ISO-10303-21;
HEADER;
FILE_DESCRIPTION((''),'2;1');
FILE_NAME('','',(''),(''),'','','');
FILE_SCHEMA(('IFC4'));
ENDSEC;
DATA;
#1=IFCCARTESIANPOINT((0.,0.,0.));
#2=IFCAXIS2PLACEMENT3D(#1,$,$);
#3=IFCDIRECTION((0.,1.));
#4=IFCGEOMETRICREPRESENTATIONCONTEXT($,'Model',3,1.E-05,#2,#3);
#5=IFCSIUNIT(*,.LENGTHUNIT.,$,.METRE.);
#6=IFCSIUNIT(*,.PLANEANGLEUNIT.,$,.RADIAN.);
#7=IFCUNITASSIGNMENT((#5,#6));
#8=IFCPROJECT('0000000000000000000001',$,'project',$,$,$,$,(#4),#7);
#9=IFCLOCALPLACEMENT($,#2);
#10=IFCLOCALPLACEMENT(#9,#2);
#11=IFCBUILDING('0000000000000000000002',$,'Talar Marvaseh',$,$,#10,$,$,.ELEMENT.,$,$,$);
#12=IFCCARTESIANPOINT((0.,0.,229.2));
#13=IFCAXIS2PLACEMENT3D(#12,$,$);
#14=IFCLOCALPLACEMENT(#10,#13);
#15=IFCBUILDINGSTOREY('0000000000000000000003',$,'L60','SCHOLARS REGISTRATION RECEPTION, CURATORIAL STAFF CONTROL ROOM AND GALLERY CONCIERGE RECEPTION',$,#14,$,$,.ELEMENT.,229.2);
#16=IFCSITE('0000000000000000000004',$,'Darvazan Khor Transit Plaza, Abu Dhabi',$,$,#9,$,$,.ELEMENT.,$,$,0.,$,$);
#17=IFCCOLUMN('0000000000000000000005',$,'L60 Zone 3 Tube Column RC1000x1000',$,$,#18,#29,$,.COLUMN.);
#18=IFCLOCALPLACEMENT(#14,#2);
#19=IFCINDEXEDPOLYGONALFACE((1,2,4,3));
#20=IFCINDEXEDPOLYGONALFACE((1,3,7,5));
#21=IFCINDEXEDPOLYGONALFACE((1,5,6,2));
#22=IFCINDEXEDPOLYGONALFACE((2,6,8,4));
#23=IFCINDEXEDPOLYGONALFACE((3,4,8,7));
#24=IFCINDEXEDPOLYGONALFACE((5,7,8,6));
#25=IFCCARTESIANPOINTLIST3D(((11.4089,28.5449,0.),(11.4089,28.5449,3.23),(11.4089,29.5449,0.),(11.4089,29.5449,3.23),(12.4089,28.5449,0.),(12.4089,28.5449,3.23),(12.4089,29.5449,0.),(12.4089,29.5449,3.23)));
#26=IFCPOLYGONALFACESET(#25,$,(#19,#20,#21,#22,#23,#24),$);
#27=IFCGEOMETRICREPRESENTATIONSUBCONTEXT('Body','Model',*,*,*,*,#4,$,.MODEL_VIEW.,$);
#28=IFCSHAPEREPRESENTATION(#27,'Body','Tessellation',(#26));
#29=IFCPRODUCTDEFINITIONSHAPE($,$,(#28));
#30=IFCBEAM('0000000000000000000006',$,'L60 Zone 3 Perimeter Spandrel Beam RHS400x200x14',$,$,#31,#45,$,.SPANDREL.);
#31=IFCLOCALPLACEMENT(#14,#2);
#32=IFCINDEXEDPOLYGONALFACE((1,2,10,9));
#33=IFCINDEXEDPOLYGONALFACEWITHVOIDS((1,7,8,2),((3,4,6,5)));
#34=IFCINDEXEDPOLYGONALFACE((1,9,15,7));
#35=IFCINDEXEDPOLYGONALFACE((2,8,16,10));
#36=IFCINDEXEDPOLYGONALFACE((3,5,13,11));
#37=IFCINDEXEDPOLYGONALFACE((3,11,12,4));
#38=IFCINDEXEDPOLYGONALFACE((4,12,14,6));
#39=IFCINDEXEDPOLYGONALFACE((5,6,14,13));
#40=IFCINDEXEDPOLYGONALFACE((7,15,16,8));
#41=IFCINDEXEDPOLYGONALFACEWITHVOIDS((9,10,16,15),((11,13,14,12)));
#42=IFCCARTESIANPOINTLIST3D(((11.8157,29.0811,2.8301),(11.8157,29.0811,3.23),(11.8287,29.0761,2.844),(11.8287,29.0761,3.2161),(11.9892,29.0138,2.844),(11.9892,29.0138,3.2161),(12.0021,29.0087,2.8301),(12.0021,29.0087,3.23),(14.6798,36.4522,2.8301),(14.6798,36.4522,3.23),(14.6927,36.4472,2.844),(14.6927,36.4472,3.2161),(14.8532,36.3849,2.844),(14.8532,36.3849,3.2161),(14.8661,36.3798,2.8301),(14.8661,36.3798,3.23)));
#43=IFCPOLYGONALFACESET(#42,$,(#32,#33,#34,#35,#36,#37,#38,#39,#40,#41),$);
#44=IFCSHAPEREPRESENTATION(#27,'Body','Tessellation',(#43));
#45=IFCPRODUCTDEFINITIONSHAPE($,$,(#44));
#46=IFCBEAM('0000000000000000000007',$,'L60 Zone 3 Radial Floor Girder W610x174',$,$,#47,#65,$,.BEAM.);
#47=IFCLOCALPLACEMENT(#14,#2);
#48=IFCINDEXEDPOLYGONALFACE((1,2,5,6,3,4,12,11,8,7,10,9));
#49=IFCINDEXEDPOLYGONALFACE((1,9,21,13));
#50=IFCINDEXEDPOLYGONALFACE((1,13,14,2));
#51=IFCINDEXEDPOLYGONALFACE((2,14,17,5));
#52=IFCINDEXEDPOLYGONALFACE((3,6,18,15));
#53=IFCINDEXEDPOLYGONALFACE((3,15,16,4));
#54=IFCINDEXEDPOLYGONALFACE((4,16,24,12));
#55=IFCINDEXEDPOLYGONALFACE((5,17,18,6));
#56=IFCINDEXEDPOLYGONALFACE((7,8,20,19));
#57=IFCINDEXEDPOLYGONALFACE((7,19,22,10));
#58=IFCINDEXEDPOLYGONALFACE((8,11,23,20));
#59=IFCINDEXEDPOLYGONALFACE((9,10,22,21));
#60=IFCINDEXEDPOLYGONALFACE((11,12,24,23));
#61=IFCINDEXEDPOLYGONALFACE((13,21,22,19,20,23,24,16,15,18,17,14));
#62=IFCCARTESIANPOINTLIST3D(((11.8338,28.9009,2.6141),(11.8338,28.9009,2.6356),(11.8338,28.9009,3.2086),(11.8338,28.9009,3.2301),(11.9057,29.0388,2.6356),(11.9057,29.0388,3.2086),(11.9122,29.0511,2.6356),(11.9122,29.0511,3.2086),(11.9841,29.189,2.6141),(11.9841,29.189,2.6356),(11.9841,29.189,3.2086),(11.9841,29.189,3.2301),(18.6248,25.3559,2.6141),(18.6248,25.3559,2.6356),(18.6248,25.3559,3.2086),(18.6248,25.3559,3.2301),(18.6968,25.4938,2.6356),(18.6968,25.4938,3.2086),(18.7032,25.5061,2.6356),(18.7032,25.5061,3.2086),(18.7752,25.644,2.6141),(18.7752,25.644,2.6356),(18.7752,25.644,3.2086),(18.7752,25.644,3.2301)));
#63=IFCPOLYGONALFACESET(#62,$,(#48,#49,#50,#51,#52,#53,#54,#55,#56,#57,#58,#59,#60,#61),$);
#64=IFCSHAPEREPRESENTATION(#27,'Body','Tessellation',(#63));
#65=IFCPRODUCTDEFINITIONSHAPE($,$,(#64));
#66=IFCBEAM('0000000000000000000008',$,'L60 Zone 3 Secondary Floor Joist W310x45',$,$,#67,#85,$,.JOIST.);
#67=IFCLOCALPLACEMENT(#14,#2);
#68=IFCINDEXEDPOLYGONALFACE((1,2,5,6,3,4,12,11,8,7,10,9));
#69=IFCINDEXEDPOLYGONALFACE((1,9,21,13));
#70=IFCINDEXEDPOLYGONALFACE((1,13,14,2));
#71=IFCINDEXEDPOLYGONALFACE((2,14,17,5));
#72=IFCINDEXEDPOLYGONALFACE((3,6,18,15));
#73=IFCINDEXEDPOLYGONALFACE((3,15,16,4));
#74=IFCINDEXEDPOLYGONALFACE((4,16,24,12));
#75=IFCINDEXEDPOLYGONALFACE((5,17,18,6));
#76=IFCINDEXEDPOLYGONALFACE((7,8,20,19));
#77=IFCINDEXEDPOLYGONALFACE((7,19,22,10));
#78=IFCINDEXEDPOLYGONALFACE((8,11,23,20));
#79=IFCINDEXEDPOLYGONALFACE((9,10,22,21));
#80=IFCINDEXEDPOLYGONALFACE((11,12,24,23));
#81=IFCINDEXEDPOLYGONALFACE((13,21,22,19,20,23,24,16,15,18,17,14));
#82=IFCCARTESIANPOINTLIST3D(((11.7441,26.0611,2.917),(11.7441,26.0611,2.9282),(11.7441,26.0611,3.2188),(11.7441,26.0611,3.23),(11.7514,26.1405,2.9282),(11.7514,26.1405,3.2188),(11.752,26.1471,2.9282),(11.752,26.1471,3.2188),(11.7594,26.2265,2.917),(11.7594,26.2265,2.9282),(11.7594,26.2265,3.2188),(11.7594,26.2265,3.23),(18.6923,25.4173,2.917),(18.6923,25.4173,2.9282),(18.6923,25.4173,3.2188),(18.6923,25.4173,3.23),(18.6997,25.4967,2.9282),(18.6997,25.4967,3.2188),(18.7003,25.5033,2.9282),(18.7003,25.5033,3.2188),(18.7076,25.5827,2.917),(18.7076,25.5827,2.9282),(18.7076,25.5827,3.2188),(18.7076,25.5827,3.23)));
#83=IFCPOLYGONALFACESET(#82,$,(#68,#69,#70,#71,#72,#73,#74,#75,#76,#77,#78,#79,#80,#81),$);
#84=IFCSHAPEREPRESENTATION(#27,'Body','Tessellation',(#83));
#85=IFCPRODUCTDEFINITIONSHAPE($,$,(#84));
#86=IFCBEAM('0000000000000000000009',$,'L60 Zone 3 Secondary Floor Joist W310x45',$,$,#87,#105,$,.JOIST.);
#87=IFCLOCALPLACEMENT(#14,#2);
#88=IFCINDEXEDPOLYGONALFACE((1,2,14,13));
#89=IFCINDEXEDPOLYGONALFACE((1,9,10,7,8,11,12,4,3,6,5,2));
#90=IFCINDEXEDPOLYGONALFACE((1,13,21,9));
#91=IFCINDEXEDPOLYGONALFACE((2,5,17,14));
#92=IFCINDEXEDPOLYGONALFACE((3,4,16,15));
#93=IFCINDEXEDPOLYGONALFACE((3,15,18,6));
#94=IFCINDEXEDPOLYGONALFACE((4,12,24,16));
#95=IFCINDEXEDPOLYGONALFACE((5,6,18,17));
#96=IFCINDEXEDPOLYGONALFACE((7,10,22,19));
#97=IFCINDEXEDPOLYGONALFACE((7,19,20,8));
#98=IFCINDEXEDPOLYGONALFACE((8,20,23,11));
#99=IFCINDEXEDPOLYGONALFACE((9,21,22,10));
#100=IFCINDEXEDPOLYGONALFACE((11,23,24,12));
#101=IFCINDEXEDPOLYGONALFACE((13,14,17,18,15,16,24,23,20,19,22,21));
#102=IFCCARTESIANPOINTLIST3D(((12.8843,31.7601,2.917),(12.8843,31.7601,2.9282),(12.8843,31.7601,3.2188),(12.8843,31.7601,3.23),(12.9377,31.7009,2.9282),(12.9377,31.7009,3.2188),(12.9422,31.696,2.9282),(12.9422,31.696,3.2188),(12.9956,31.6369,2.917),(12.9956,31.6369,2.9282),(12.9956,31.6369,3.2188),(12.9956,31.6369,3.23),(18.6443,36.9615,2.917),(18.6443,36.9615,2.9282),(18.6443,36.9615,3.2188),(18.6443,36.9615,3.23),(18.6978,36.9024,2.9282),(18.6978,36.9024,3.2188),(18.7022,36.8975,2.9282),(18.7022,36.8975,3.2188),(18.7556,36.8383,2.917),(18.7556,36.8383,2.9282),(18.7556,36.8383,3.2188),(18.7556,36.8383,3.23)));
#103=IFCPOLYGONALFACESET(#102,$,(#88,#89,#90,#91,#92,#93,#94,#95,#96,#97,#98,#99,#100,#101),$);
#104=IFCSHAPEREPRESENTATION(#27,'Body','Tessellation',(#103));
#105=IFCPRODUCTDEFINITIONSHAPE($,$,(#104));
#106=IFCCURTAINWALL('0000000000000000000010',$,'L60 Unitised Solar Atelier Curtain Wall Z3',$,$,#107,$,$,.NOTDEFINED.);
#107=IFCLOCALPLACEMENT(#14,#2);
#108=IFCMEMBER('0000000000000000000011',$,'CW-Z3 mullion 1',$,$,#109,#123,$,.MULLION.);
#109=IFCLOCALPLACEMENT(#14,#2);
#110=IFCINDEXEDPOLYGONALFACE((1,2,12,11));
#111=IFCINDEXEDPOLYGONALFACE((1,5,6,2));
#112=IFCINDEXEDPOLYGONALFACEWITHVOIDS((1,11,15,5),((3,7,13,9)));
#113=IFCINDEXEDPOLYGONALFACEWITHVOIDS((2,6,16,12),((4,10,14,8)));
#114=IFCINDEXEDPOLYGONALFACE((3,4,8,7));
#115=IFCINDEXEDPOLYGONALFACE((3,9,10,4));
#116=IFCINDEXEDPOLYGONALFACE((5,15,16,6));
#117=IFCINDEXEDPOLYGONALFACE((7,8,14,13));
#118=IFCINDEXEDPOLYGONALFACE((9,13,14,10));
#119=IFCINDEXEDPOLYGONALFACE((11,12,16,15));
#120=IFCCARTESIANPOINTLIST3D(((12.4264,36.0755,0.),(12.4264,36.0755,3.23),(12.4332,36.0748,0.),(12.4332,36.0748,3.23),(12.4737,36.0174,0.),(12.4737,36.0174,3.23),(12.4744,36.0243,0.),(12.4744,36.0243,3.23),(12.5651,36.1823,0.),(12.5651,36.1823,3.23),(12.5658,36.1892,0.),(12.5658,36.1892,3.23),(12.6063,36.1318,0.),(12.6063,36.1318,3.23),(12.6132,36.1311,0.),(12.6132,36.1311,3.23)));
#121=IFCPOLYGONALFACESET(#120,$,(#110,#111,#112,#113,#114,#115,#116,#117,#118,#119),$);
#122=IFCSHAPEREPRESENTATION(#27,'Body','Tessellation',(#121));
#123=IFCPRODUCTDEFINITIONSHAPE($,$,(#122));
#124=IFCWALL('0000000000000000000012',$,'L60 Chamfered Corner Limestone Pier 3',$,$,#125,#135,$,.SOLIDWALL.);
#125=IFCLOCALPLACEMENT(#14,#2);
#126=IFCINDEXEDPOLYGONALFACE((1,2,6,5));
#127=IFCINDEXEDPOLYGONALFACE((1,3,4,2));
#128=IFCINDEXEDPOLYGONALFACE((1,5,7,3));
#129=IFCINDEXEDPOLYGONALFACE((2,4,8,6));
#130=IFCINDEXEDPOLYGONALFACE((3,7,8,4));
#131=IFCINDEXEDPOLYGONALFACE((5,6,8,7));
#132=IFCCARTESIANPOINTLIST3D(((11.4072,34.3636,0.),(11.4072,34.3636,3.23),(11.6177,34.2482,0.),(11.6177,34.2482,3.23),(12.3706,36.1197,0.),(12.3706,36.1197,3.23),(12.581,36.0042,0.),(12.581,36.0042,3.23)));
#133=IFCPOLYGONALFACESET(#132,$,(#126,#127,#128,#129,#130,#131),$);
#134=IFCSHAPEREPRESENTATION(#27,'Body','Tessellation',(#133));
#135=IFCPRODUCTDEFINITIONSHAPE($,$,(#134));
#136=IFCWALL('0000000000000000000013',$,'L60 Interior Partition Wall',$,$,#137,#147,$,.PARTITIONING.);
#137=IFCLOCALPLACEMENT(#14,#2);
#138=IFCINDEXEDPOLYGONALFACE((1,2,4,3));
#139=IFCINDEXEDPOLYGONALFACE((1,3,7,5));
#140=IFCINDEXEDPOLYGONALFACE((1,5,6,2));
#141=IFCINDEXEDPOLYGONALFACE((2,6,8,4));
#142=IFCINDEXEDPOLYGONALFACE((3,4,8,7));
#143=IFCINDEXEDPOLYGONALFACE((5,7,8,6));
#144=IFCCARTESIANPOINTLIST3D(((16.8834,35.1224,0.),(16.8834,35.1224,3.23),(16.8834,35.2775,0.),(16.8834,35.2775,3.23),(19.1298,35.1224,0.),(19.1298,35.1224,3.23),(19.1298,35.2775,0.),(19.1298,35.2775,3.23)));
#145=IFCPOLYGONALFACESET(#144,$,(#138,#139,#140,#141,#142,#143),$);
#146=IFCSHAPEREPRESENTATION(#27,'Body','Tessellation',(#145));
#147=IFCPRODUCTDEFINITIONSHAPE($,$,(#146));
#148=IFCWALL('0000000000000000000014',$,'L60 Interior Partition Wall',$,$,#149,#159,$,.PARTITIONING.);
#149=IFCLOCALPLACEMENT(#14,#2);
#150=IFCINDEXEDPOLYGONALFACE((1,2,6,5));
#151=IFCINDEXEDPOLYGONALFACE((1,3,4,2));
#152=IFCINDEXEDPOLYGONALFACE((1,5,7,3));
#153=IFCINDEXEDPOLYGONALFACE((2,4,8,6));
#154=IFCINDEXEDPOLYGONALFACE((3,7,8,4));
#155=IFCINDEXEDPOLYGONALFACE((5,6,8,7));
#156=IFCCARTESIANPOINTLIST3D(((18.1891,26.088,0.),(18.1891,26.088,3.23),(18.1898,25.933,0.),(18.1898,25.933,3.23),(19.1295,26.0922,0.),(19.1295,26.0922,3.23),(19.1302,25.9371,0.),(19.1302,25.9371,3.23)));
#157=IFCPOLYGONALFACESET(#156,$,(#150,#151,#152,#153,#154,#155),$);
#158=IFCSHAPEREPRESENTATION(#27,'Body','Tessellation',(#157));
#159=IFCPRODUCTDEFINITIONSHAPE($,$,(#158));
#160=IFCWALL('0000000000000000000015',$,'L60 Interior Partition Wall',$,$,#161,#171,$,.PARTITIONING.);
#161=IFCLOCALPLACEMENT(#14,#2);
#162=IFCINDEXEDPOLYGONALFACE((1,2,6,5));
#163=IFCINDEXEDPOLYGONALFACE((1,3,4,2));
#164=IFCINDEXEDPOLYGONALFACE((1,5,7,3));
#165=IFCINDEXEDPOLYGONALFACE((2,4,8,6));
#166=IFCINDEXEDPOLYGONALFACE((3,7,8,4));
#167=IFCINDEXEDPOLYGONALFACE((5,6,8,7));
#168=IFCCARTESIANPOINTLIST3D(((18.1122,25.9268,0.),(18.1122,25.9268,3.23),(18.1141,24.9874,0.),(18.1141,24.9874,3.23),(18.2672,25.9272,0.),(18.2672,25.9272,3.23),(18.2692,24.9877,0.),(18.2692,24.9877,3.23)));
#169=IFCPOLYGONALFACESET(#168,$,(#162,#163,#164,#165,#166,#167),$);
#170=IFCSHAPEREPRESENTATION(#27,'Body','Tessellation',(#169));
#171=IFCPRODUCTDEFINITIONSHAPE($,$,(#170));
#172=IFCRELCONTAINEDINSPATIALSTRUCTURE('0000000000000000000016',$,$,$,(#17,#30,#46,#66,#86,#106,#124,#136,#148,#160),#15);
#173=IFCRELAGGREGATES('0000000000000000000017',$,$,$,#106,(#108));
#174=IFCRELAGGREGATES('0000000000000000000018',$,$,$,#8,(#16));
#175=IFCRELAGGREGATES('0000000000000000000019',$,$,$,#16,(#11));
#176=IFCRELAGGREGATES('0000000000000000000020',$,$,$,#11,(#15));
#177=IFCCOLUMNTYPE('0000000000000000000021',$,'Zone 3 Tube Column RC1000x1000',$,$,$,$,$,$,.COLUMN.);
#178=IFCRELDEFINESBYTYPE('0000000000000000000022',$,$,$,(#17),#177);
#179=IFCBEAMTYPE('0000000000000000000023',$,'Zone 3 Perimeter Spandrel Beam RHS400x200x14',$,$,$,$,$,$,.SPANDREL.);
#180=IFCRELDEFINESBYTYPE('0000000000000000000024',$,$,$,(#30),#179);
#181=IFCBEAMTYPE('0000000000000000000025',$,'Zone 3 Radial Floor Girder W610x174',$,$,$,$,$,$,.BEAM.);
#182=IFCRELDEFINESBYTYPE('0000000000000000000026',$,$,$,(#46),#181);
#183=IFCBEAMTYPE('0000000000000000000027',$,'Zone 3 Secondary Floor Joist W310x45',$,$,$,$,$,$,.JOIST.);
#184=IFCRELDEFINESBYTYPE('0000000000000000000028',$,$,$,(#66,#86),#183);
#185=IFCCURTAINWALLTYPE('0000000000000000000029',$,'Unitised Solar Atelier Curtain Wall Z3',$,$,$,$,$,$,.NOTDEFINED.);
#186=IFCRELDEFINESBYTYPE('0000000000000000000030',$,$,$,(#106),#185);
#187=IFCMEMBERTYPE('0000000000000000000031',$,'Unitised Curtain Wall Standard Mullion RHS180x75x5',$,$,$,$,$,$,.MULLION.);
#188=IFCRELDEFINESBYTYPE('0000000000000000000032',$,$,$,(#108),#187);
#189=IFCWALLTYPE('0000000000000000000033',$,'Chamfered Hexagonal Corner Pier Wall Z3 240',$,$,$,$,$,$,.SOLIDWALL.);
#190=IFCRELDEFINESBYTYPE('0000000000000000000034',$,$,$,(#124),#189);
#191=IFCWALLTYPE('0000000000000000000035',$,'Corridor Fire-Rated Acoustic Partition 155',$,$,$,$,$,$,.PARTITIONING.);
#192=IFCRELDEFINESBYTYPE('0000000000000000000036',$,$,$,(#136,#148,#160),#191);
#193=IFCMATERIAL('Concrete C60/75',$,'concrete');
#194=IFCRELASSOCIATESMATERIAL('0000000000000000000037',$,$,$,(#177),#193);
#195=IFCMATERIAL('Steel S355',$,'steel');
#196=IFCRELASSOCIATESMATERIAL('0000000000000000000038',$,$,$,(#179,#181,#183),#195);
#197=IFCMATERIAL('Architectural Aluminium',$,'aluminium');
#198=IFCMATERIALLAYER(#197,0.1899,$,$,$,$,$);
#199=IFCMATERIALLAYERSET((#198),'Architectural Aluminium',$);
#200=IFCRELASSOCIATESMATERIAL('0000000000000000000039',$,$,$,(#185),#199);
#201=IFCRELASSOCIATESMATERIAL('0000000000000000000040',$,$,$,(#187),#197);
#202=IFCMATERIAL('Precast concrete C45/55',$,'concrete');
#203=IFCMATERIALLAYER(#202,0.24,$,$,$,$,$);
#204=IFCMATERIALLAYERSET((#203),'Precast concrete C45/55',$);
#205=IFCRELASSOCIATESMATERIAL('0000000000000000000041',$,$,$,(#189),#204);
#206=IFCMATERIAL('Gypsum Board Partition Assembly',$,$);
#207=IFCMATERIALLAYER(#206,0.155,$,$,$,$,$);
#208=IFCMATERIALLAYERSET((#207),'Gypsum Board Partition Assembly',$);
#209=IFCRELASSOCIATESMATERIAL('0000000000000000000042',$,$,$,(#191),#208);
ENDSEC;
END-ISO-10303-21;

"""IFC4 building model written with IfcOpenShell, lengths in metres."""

from ifc_helpers import new_model, si_unit, direction, frame, frame_2d, origin, origin_2d, place, context, subcontext, project, spatial, rectangle, hollow_rectangle, i_section, extrude, source, transform, mapped, material, layer, layer_set, material_profile, profile_set, type_object, type_shapes, element, aggregate, save


model = new_model("IFC4")

# Units and contexts
model_context = context("Model", 3, precision=1e-05, world=origin(), true_north=direction((0.0, 1.0)))
body_context = subcontext(model_context, "Body", "Model", "MODEL_VIEW")
ifc_project = project(units=[si_unit("LENGTHUNIT", "METRE"), si_unit("PLANEANGLEUNIT", "RADIAN")], contexts=[model_context])

# Site, building, storey
site_placement = place(None, origin())
site = spatial("IfcSite", under=ifc_project, at=site_placement, Name="Darvazan Khor Transit Plaza, Abu Dhabi", CompositionType="ELEMENT", RefElevation=0.0)
building_placement = place(site_placement, origin())
building = spatial("IfcBuilding", under=site, at=building_placement, Name="Talar Marvaseh", CompositionType="ELEMENT")
storey_placement = place(building_placement, frame((0.0, 0.0, 229.2)))
storey = spatial("IfcBuildingStorey", under=building, at=storey_placement, Name="L60", Description="SCHOLARS REGISTRATION RECEPTION, CURATORIAL STAFF CONTROL ROOM AND GALLERY CONCIERGE RECEPTION", CompositionType="ELEMENT", Elevation=229.2)

# Column
ifc_material_1 = material(Name="Concrete C60/75", Category="concrete")
ifc_material_profile_1 = material_profile(ifc_material_1, rectangle(XDim=1.0, YDim=1.0, at=origin_2d()), Name="RC1000x1000")
ifc_profile_set_1 = profile_set([ifc_material_profile_1], Name="Concrete C60/75")
column_type = type_object("IfcColumnType", Name="Zone 3 Tube Column RC1000x1000", PredefinedType="COLUMN", material=ifc_profile_set_1)
column_placement = place(storey_placement, frame((11.9089, 29.0449, 0.0), z_axis=(0.0, 0.0, 1.0), x_axis=(1.0, 0.0, 0.0)))
element("IfcColumn", 1, at=column_placement, inside=storey, type_object=column_type, Name="L60 Zone 3 Tube Column RC1000x1000", PredefinedType="COLUMN", context=body_context, shape_type="SweptSolid", body=[
    extrude(rectangle(XDim=1.0, YDim=1.0, at=origin_2d()), origin(), (0.0, 0.0, 1.0), 3.23),
])

# Beams
ifc_material_2 = material(Name="Steel S355", Category="steel")
ifc_material_profile_2 = material_profile(ifc_material_2, hollow_rectangle(XDim=0.2, YDim=0.3999, WallThickness=0.0139, at=origin_2d()), Name="RHS400x200x14")
ifc_profile_set_2 = profile_set([ifc_material_profile_2], Name="Steel S355")
beam_type_1 = type_object("IfcBeamType", Name="Zone 3 Perimeter Spandrel Beam RHS400x200x14", PredefinedType="SPANDREL", material=ifc_profile_set_2)
beam_1_placement = place(storey_placement, frame((11.9089, 29.0449, 3.03), z_axis=(0.362169, 0.932112, 0.0), x_axis=(-0.932112, 0.362169, 0.0)))
element("IfcBeam", 2, at=beam_1_placement, inside=storey, type_object=beam_type_1, Name="L60 Zone 3 Perimeter Spandrel Beam RHS400x200x14", PredefinedType="SPANDREL", context=body_context, shape_type="SweptSolid", body=[
    extrude(hollow_rectangle(XDim=0.2, YDim=0.3999, WallThickness=0.0139, at=origin_2d()), origin(), (0.0, 0.0, 1.0), 7.908),
])
ifc_material_profile_3 = material_profile(ifc_material_2, i_section(OverallWidth=0.325, OverallDepth=0.616, WebThickness=0.0139, FlangeThickness=0.0215, at=origin_2d()), Name="W610x174")
ifc_profile_set_3 = profile_set([ifc_material_profile_3], Name="Steel S355")
beam_type_2 = type_object("IfcBeamType", Name="Zone 3 Radial Floor Girder W610x174", PredefinedType="BEAM", material=ifc_profile_set_3)
beam_2_placement = place(storey_placement, frame((11.9089, 29.0449, 2.9221), z_axis=(0.886489, -0.462749, 0.0), x_axis=(0.462749, 0.886489, 0.0)))
element("IfcBeam", 3, at=beam_2_placement, inside=storey, type_object=beam_type_2, Name="L60 Zone 3 Radial Floor Girder W610x174", PredefinedType="BEAM", context=body_context, shape_type="SweptSolid", body=[
    extrude(i_section(OverallWidth=0.325, OverallDepth=0.616, WebThickness=0.0139, FlangeThickness=0.0215, at=origin_2d()), origin(), (0.0, 0.0, 1.0), 7.6606),
])
ifc_material_profile_4 = material_profile(ifc_material_2, i_section(OverallWidth=0.166, OverallDepth=0.313, WebThickness=0.0066, FlangeThickness=0.0112, at=origin_2d()), Name="W310x45")
ifc_profile_set_4 = profile_set([ifc_material_profile_4], Name="Steel S355")
beam_type_3 = type_object("IfcBeamType", Name="Zone 3 Secondary Floor Joist W310x45", PredefinedType="JOIST", material=ifc_profile_set_4)
beam_3_placement = place(storey_placement, frame((11.7517, 26.1438, 3.0735), z_axis=(0.995735, -0.092261, 0.0), x_axis=(0.092261, 0.995735, 0.0)))
element("IfcBeam", 4, at=beam_3_placement, inside=storey, type_object=beam_type_3, Name="L60 Zone 3 Secondary Floor Joist W310x45", PredefinedType="JOIST", context=body_context, shape_type="SweptSolid", body=[
    extrude(i_section(OverallWidth=0.166, OverallDepth=0.313, WebThickness=0.0066, FlangeThickness=0.0112, at=origin_2d()), origin(), (0.0, 0.0, 1.0), 6.978),
])
beam_4_placement = place(storey_placement, frame((12.9399, 31.6985, 3.0735), z_axis=(0.742178, 0.670203, 0.0), x_axis=(-0.670203, 0.742178, 0.0)))
element("IfcBeam", 5, at=beam_4_placement, inside=storey, type_object=beam_type_3, Name="L60 Zone 3 Secondary Floor Joist W310x45", PredefinedType="JOIST", context=body_context, shape_type="SweptSolid", body=[
    extrude(i_section(OverallWidth=0.166, OverallDepth=0.313, WebThickness=0.0066, FlangeThickness=0.0112, at=origin_2d()), origin(), (0.0, 0.0, 1.0), 7.761),
])

# Curtain wall, member
ifc_material_3 = material(Name="Architectural Aluminium", Category="aluminium")
ifc_layer_1 = layer(ifc_material_3, 0.1899)
ifc_layer_set_1 = layer_set([ifc_layer_1], Name="Architectural Aluminium")
curtain_wall_type = type_object("IfcCurtainWallType", Name="Unitised Solar Atelier Curtain Wall Z3", PredefinedType="NOTDEFINED", material=ifc_layer_set_1)
curtain_wall_placement = place(storey_placement, origin())
curtain_wall = element("IfcCurtainWall", 6, at=curtain_wall_placement, inside=storey, type_object=curtain_wall_type, Name="L60 Unitised Solar Atelier Curtain Wall Z3", PredefinedType="NOTDEFINED")
ifc_material_profile_5 = material_profile(ifc_material_3, hollow_rectangle(XDim=0.075, YDim=0.1799, WallThickness=0.0049, at=origin_2d()), Name="RHS180x75x5")
ifc_profile_set_5 = profile_set([ifc_material_profile_5], Name="Architectural Aluminium")
member_type = type_object("IfcMemberType", Name="Unitised Curtain Wall Standard Mullion RHS180x75x5", PredefinedType="MULLION", material=ifc_profile_set_5)
shared_shape = source(origin(), body_context, "Body", "SweptSolid", [
    extrude(hollow_rectangle(XDim=0.075, YDim=0.1799, WallThickness=0.0049, at=origin_2d()), origin(), (0.0, 0.0, 1.0), 3.23),
])
type_shapes(member_type, [shared_shape])
member_placement = place(storey_placement, frame((12.5198, 36.1033, 0.0), z_axis=(0.0, 0.0, 1.0), x_axis=(-0.631784, 0.775145, 0.0)))
member = element("IfcMember", 7, at=member_placement, type_object=member_type, Name="CW-Z3 mullion 1", PredefinedType="MULLION", context=body_context, shape_type="MappedRepresentation", body=[
    mapped(shared_shape, transform((0.0, 0.0, 0.0), x_axis=(1.0, 0.0, 0.0), y_axis=(0.0, 1.0, 0.0), z_axis=(0.0, 0.0, 1.0), scale=1.0)),
])
aggregate(curtain_wall, [member])

# Walls
ifc_material_4 = material(Name="Precast concrete C45/55", Category="concrete")
ifc_layer_2 = layer(ifc_material_4, 0.24)
ifc_layer_set_2 = layer_set([ifc_layer_2], Name="Precast concrete C45/55")
wall_type_1 = type_object("IfcWallType", Name="Chamfered Hexagonal Corner Pier Wall Z3 240", PredefinedType="SOLIDWALL", material=ifc_layer_set_2)
wall_1_placement = place(storey_placement, frame((11.5125, 34.3059, 0.0), z_axis=(0.0, 0.0, 1.0), x_axis=(0.480969, 0.876738, 0.0)))
element("IfcWall", 8, at=wall_1_placement, inside=storey, type_object=wall_type_1, Name="L60 Chamfered Corner Limestone Pier 3", PredefinedType="SOLIDWALL", context=body_context, shape_type="SweptSolid", body=[
    extrude(rectangle(XDim=2.0029, YDim=0.24, at=frame_2d((1.0015, 0.0))), origin(), (0.0, 0.0, 1.0), 3.23),
])
ifc_material_5 = material(Name="Gypsum Board Partition Assembly")
ifc_layer_3 = layer(ifc_material_5, 0.155)
ifc_layer_set_3 = layer_set([ifc_layer_3], Name="Gypsum Board Partition Assembly")
wall_type_2 = type_object("IfcWallType", Name="Corridor Fire-Rated Acoustic Partition 155", PredefinedType="PARTITIONING", material=ifc_layer_set_3)
wall_2_placement = place(storey_placement, frame((16.8835, 35.2, 0.0), z_axis=(0.0, 0.0, 1.0), x_axis=(1.0, 0.0, 0.0)))
element("IfcWall", 9, at=wall_2_placement, inside=storey, type_object=wall_type_2, Name="L60 Interior Partition Wall", PredefinedType="PARTITIONING", context=body_context, shape_type="SweptSolid", body=[
    extrude(rectangle(XDim=2.2463, YDim=0.155, at=frame_2d((1.123, 0.0))), origin(), (0.0, 0.0, 1.0), 3.23),
])
wall_3_placement = place(storey_placement, frame((19.1299, 26.0146, 0.0), z_axis=(0.0, 0.0, 1.0), x_axis=(-0.99999, -0.004413, 0.0)))
element("IfcWall", 10, at=wall_3_placement, inside=storey, type_object=wall_type_2, Name="L60 Interior Partition Wall", PredefinedType="PARTITIONING", context=body_context, shape_type="SweptSolid", body=[
    extrude(rectangle(XDim=0.9404, YDim=0.155, at=frame_2d((0.4702, 0.0))), origin(), (0.0, 0.0, 1.0), 3.23),
])
wall_4_placement = place(storey_placement, frame((18.1897, 25.927, 0.0), z_axis=(0.0, 0.0, 1.0), x_axis=(0.002079, -0.999998, 0.0)))
element("IfcWall", 11, at=wall_4_placement, inside=storey, type_object=wall_type_2, Name="L60 Interior Partition Wall", PredefinedType="PARTITIONING", context=body_context, shape_type="SweptSolid", body=[
    extrude(rectangle(XDim=0.9395, YDim=0.155, at=frame_2d((0.4697, 0.0))), origin(), (0.0, 0.0, 1.0), 3.23),
])

save(model, "model.ifc")
